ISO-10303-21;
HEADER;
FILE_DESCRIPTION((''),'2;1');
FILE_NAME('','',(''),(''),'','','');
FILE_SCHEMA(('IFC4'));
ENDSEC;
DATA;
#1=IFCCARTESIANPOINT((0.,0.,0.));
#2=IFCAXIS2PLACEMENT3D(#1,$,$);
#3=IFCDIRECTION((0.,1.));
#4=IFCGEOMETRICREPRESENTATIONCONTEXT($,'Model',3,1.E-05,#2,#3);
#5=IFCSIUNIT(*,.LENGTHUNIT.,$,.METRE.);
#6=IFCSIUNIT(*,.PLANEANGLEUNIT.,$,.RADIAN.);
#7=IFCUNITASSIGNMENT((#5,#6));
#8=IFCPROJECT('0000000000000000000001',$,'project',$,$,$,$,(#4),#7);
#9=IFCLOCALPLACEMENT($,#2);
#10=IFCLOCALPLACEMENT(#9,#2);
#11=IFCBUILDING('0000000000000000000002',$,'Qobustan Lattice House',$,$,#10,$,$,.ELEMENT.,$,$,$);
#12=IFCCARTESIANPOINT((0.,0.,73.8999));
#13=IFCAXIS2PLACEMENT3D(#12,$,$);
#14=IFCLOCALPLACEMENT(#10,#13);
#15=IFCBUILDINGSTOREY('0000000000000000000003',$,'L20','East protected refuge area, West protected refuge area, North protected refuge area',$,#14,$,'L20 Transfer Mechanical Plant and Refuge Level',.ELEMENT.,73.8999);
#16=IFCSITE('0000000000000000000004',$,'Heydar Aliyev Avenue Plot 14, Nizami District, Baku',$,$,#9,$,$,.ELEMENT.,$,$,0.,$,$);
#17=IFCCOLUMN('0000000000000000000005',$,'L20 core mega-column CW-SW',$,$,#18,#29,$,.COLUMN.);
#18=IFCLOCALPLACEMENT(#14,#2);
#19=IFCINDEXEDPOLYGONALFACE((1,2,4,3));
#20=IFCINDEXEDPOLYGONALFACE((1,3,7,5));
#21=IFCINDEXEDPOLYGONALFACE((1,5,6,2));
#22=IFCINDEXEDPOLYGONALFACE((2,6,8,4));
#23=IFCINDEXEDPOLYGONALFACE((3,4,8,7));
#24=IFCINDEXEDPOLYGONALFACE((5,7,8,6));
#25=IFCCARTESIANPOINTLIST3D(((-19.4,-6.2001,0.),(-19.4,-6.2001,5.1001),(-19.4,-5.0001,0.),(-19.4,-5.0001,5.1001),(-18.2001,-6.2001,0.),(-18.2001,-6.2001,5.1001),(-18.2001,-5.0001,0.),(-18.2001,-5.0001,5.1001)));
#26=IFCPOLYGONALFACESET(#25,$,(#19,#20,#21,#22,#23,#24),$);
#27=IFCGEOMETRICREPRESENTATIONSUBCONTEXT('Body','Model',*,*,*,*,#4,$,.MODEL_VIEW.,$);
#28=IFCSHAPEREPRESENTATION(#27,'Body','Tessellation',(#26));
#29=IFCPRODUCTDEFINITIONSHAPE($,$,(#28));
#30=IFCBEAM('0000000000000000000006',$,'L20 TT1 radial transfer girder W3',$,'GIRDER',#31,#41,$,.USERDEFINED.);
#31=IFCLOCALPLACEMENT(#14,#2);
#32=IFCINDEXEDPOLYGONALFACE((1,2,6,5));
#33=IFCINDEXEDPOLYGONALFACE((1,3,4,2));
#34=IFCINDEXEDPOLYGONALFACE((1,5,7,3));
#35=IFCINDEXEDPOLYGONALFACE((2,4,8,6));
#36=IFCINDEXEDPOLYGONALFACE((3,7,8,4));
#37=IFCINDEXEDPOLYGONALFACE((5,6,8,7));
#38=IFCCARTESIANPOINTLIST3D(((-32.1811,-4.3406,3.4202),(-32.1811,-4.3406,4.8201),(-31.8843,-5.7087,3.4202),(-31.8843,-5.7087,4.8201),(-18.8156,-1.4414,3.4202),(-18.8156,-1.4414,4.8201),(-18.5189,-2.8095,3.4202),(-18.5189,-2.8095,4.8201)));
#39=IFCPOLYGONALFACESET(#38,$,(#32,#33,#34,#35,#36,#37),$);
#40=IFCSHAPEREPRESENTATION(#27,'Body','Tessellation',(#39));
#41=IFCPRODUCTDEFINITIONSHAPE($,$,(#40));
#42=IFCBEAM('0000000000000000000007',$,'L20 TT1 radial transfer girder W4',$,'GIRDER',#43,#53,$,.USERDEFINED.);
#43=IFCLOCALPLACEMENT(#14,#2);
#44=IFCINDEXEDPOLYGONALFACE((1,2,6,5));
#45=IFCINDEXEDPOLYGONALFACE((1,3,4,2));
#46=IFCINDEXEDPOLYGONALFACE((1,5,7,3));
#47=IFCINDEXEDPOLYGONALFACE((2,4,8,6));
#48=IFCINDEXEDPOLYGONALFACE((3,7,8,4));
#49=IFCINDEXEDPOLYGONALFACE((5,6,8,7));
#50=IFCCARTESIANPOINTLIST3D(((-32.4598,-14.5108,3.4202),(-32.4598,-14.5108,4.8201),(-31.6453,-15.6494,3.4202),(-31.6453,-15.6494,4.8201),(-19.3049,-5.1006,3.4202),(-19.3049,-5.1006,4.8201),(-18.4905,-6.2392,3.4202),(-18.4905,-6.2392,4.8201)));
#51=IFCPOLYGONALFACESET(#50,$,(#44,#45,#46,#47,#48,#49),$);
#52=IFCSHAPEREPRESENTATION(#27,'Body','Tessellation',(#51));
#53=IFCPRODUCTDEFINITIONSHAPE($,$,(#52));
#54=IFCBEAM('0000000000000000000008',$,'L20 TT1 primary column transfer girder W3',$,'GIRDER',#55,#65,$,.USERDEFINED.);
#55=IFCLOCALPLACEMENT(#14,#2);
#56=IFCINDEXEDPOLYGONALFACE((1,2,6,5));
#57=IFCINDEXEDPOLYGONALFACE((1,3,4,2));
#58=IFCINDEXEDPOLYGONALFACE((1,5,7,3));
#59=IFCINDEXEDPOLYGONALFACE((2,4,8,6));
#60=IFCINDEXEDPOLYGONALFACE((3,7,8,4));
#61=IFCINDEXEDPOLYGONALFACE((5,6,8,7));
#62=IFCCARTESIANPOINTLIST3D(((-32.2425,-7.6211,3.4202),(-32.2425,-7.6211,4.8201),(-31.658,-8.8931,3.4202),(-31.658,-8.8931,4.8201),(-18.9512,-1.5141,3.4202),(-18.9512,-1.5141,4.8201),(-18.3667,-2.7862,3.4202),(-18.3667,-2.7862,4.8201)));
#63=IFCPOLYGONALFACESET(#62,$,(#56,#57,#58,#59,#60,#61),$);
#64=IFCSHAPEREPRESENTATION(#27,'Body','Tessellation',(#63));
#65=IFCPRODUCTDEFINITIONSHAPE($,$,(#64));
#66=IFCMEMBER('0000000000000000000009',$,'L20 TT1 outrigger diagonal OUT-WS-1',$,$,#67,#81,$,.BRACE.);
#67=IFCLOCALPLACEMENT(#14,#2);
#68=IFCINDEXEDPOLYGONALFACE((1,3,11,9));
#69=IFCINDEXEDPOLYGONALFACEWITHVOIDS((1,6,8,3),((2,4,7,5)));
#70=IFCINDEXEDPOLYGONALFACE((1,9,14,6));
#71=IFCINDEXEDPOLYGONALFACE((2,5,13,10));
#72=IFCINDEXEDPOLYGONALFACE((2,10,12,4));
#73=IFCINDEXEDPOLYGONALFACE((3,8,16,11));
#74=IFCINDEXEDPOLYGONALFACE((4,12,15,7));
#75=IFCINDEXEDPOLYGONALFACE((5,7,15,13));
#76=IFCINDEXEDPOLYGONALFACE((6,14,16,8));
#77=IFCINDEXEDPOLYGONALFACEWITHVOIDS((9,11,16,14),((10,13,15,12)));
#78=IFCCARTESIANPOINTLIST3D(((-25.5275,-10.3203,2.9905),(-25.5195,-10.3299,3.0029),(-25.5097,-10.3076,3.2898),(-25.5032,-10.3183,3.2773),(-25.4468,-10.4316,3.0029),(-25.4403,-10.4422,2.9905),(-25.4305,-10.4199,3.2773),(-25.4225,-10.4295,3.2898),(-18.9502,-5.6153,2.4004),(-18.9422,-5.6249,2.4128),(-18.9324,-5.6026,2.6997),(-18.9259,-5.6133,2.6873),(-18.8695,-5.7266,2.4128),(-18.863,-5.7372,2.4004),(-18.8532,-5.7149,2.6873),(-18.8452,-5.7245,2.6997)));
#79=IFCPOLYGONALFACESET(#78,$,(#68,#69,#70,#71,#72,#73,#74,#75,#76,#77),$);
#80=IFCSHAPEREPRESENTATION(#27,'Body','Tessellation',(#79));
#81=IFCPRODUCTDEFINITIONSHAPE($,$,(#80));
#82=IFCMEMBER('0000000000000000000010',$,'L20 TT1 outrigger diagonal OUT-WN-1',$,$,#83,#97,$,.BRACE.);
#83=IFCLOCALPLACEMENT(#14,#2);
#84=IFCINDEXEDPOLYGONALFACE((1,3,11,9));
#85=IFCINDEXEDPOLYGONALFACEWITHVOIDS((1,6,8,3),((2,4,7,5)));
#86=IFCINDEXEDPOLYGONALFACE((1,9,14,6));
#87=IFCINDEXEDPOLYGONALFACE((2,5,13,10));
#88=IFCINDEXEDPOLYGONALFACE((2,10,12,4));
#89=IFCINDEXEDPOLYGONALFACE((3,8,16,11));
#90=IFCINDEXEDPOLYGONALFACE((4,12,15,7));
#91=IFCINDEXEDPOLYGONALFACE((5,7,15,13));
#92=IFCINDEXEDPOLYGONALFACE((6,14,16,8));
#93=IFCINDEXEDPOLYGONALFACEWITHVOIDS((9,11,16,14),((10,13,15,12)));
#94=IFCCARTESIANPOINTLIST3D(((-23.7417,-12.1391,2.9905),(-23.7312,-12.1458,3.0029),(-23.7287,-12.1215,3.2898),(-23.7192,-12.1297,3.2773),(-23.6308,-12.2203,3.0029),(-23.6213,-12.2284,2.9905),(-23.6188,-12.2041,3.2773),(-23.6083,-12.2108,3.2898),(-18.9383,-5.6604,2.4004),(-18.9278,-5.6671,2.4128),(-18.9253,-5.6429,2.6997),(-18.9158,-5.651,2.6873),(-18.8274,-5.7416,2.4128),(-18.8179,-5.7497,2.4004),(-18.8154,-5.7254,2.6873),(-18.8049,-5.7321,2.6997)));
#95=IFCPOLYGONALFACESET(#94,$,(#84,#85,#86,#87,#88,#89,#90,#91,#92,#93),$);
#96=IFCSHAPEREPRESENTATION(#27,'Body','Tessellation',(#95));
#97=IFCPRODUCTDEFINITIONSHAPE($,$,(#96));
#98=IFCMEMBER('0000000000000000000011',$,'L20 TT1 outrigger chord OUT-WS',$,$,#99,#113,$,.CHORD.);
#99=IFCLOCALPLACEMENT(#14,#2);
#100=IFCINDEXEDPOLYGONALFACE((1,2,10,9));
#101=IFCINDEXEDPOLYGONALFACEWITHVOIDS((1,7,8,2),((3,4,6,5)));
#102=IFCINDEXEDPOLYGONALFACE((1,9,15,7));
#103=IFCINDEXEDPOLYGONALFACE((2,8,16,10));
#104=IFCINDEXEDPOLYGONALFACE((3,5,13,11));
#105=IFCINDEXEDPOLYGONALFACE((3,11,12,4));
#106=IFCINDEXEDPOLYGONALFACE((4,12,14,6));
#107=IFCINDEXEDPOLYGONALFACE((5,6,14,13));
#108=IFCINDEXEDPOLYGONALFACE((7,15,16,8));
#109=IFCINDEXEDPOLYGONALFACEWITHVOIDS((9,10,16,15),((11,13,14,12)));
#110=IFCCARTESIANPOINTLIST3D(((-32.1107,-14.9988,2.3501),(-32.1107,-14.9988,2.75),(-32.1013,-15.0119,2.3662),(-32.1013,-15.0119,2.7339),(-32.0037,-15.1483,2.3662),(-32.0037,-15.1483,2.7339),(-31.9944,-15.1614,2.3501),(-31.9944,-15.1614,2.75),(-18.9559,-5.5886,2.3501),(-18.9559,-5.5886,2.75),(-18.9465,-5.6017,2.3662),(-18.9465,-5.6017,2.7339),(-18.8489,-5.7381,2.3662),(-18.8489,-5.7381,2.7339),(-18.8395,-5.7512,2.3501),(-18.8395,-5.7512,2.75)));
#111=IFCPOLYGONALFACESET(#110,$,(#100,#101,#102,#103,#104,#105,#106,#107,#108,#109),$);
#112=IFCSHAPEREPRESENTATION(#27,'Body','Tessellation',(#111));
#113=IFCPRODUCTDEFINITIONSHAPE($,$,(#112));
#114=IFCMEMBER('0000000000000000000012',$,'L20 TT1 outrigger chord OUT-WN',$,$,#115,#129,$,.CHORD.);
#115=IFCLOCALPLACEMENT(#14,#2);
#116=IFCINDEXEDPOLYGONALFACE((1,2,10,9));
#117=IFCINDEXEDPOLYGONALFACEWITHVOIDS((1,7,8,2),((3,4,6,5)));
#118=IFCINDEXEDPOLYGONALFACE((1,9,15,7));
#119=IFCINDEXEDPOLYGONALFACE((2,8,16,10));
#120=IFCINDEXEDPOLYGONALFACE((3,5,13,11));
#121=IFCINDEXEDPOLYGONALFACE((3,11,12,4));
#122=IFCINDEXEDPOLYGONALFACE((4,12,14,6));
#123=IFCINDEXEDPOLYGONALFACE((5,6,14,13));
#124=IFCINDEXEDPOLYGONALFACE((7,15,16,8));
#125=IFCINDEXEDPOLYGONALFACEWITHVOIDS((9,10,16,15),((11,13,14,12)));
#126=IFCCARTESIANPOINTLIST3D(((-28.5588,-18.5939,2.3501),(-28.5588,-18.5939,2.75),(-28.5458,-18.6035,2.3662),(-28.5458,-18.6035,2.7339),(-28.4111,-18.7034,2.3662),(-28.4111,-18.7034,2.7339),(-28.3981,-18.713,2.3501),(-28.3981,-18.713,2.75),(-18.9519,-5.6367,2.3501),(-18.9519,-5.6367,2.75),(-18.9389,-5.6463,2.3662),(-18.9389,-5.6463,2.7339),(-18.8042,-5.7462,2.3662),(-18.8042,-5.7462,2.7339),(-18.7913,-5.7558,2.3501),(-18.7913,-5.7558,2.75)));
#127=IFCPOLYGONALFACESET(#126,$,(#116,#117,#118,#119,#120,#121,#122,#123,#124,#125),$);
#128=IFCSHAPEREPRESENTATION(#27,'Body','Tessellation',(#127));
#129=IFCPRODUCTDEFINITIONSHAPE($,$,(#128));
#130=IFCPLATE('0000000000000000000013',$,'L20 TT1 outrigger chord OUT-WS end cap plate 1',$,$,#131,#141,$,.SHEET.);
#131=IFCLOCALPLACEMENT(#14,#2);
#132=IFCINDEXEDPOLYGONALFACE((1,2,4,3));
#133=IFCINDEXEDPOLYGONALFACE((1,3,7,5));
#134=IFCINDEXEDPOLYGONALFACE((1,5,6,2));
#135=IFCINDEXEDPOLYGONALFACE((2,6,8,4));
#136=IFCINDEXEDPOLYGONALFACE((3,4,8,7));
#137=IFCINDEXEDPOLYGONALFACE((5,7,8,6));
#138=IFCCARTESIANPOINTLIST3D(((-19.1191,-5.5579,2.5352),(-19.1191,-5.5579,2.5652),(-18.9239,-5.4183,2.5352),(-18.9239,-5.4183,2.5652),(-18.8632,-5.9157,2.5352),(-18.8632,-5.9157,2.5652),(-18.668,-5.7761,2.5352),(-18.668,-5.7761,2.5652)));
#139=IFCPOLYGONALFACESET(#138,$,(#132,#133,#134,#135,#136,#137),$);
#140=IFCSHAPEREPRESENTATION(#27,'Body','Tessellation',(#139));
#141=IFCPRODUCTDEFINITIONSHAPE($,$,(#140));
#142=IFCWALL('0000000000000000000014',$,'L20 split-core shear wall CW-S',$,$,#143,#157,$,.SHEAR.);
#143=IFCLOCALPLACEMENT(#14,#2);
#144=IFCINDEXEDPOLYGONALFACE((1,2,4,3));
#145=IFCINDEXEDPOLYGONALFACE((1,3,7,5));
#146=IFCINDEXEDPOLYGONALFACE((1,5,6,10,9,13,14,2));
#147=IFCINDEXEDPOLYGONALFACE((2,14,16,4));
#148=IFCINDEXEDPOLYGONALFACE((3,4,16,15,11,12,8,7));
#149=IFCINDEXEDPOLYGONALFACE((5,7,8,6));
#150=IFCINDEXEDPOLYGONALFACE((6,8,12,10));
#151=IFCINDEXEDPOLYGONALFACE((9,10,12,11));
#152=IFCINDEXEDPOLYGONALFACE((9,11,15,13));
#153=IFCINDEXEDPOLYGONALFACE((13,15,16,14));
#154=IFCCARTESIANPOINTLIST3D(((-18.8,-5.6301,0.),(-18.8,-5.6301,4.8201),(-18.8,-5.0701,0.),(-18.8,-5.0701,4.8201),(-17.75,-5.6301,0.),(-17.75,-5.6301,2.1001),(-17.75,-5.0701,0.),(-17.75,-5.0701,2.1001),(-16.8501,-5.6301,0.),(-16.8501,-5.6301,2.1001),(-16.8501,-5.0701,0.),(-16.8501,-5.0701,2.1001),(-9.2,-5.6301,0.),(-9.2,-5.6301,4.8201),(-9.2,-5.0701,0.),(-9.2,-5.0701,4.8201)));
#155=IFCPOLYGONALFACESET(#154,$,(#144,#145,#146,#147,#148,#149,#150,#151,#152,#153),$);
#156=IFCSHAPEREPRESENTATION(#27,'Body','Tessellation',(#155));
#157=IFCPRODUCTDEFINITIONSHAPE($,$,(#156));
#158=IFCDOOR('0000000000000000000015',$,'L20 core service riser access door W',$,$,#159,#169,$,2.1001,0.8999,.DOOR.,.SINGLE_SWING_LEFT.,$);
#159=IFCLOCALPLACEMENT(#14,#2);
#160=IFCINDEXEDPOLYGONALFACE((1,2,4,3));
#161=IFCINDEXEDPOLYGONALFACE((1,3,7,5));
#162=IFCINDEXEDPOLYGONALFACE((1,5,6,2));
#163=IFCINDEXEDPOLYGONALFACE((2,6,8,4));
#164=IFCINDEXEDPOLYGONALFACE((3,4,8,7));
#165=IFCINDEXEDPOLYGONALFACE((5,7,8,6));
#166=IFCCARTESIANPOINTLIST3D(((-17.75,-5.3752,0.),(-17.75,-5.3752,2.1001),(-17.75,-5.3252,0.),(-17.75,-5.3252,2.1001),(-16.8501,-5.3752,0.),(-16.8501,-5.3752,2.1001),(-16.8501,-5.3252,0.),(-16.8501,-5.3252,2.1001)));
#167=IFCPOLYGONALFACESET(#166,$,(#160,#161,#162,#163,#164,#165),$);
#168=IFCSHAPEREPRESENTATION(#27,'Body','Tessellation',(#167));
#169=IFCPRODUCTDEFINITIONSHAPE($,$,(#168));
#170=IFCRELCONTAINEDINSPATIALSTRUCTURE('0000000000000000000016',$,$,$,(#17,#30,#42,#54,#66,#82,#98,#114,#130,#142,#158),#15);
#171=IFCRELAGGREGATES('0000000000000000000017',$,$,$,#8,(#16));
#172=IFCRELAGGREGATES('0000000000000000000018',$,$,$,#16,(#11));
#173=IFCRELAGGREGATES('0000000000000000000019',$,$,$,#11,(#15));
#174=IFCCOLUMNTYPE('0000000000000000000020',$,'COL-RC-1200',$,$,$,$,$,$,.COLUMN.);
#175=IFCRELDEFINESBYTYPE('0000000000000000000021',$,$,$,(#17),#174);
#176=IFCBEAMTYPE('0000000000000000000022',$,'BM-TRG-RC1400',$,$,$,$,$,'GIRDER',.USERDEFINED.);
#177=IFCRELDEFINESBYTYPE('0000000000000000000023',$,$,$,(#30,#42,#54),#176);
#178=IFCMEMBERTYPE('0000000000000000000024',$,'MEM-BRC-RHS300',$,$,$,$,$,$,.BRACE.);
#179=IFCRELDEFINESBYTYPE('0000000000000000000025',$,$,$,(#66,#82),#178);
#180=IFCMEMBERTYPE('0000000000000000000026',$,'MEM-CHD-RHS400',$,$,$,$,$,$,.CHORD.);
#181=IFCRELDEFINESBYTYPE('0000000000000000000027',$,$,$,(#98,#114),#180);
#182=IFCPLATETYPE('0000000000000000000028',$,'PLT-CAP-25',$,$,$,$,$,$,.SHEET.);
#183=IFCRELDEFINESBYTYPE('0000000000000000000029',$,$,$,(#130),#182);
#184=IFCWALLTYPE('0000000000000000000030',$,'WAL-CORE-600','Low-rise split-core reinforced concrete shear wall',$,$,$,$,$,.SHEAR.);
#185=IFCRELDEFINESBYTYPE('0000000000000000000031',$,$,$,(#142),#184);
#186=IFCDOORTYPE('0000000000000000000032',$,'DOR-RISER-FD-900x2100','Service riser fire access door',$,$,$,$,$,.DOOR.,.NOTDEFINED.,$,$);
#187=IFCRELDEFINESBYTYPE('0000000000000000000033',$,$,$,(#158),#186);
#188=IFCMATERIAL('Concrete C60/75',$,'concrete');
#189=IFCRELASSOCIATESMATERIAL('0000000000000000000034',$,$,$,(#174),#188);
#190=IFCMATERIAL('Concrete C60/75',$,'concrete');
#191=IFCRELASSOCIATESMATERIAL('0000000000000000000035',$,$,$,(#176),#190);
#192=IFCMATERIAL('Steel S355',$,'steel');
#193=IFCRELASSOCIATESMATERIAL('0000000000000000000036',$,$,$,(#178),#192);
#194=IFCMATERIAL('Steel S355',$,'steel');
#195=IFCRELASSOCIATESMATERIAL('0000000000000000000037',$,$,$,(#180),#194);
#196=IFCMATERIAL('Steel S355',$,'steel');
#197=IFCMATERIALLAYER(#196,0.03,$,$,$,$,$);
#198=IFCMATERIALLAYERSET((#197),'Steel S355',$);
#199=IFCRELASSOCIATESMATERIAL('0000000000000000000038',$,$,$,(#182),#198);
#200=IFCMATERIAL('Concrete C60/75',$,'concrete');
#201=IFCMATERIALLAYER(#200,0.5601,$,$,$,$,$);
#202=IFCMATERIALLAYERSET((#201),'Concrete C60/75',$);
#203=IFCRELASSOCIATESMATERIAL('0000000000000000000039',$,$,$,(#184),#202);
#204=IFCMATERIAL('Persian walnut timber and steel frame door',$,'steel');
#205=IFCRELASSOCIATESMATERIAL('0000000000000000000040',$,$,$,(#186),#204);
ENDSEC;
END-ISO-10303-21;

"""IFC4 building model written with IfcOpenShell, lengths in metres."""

from ifc_helpers import new_model, si_unit, direction, frame, frame_2d, origin, origin_2d, place, context, subcontext, project, spatial, rectangle, hollow_rectangle, extrude, material, layer, layer_set, material_profile, profile_set, type_object, element, fill, save


model = new_model("IFC4")

# Units and contexts
model_context = context("Model", 3, precision=1e-05, world=origin(), true_north=direction((0.0, 1.0)))
body_context = subcontext(model_context, "Body", "Model", "MODEL_VIEW")
ifc_project = project(units=[si_unit("LENGTHUNIT", "METRE"), si_unit("PLANEANGLEUNIT", "RADIAN")], contexts=[model_context])

# Site, building, storey
site_placement = place(None, origin())
site = spatial("IfcSite", under=ifc_project, at=site_placement, Name="Heydar Aliyev Avenue Plot 14, Nizami District, Baku", CompositionType="ELEMENT", RefElevation=0.0)
building_placement = place(site_placement, origin())
building = spatial("IfcBuilding", under=site, at=building_placement, Name="Qobustan Lattice House", CompositionType="ELEMENT")
storey_placement = place(building_placement, frame((0.0, 0.0, 73.8999)))
storey = spatial("IfcBuildingStorey", under=building, at=storey_placement, Name="L20", Description="East protected refuge area, West protected refuge area, North protected refuge area", LongName="L20 Transfer Mechanical Plant and Refuge Level", CompositionType="ELEMENT", Elevation=73.8999)

# Column
ifc_material_1 = material(Name="Concrete C60/75", Category="concrete")
ifc_material_profile_1 = material_profile(ifc_material_1, rectangle(XDim=1.2, YDim=1.2, at=origin_2d()), Name="RC1200x1200")
ifc_profile_set_1 = profile_set([ifc_material_profile_1], Name="Concrete C60/75")
column_type = type_object("IfcColumnType", Name="COL-RC-1200", PredefinedType="COLUMN", material=ifc_profile_set_1)
column_placement = place(storey_placement, frame((-18.8, -5.6001, 0.0), z_axis=(0.0, 0.0, 1.0), x_axis=(1.0, 0.0, 0.0)))
element("IfcColumn", 1, at=column_placement, inside=storey, type_object=column_type, Name="L20 core mega-column CW-SW", PredefinedType="COLUMN", context=body_context, shape_type="SweptSolid", body=[
    extrude(rectangle(XDim=1.2, YDim=1.2, at=origin_2d()), origin(), (0.0, 0.0, 1.0), 5.1001),
])

# Beams
ifc_material_2 = material(Name="Concrete C60/75", Category="concrete")
ifc_material_profile_2 = material_profile(ifc_material_2, rectangle(XDim=1.3999, YDim=1.3999, at=origin_2d()), Name="RC1400x1400")
ifc_profile_set_2 = profile_set([ifc_material_profile_2], Name="Concrete C60/75")
beam_type = type_object("IfcBeamType", Name="BM-TRG-RC1400", ElementType="GIRDER", PredefinedType="USERDEFINED", material=ifc_profile_set_2)
beam_1_placement = place(storey_placement, frame((-18.6672, -2.1255, 4.1201), z_axis=(-0.977273, -0.211985, 0.0), x_axis=(0.211985, -0.977273, 0.0)))
element("IfcBeam", 2, at=beam_1_placement, inside=storey, type_object=beam_type, Name="L20 TT1 radial transfer girder W3", ObjectType="GIRDER", PredefinedType="USERDEFINED", context=body_context, shape_type="SweptSolid", body=[
    extrude(rectangle(XDim=1.3999, YDim=1.3999, at=origin_2d()), origin(), (0.0, 0.0, 1.0), 13.6763),
])
beam_2_placement = place(storey_placement, frame((-18.8977, -5.6699, 4.1201), z_axis=(-0.813327, -0.581806, 0.0), x_axis=(0.581806, -0.813327, 0.0)))
element("IfcBeam", 3, at=beam_2_placement, inside=storey, type_object=beam_type, Name="L20 TT1 radial transfer girder W4", ObjectType="GIRDER", PredefinedType="USERDEFINED", context=body_context, shape_type="SweptSolid", body=[
    extrude(rectangle(XDim=1.3999, YDim=1.3999, at=origin_2d()), origin(), (0.0, 0.0, 1.0), 16.1741),
])
beam_3_placement = place(storey_placement, frame((-18.6589, -2.1501, 4.1201), z_axis=(-0.908673, -0.417508, 0.0), x_axis=(0.417508, -0.908673, 0.0)))
element("IfcBeam", 4, at=beam_3_placement, inside=storey, type_object=beam_type, Name="L20 TT1 primary column transfer girder W3", ObjectType="GIRDER", PredefinedType="USERDEFINED", context=body_context, shape_type="SweptSolid", body=[
    extrude(rectangle(XDim=1.3999, YDim=1.3999, at=origin_2d()), origin(), (0.0, 0.0, 1.0), 14.6272),
])

# Members
ifc_material_3 = material(Name="Steel S355", Category="steel")
ifc_material_profile_3 = material_profile(ifc_material_3, hollow_rectangle(XDim=0.1499, YDim=0.3, WallThickness=0.0125, at=origin_2d()), Name="RHS300x150x12.5")
ifc_profile_set_3 = profile_set([ifc_material_profile_3], Name="Steel S355")
member_type_1 = type_object("IfcMemberType", Name="MEM-BRC-RHS300", PredefinedType="BRACE", material=ifc_profile_set_3)
member_1_placement = place(storey_placement, frame((-18.8977, -5.6699, 2.55), z_axis=(-0.811171, -0.580264, 0.072774), x_axis=(0.581806, -0.813327, 0.0)))
element("IfcMember", 5, at=member_1_placement, inside=storey, type_object=member_type_1, Name="L20 TT1 outrigger diagonal OUT-WS-1", PredefinedType="BRACE", context=body_context, shape_type="SweptSolid", body=[
    extrude(hollow_rectangle(XDim=0.1499, YDim=0.3, WallThickness=0.0125, at=origin_2d()), origin(), (0.0, 0.0, 1.0), 8.1084),
])
member_2_placement = place(storey_placement, frame((-18.8716, -5.6963, 2.55), z_axis=(-0.593991, -0.801156, 0.07297), x_axis=(0.803297, -0.595579, 0.0)))
element("IfcMember", 6, at=member_2_placement, inside=storey, type_object=member_type_1, Name="L20 TT1 outrigger diagonal OUT-WN-1", PredefinedType="BRACE", context=body_context, shape_type="SweptSolid", body=[
    extrude(hollow_rectangle(XDim=0.1499, YDim=0.3, WallThickness=0.0125, at=origin_2d()), origin(), (0.0, 0.0, 1.0), 8.0867),
])
ifc_material_4 = material(Name="Steel S355", Category="steel")
ifc_material_profile_4 = material_profile(ifc_material_4, hollow_rectangle(XDim=0.2, YDim=0.3999, WallThickness=0.0161, at=origin_2d()), Name="RHS400x200x16")
ifc_profile_set_4 = profile_set([ifc_material_profile_4], Name="Steel S355")
member_type_2 = type_object("IfcMemberType", Name="MEM-CHD-RHS400", PredefinedType="CHORD", material=ifc_profile_set_4)
member_3_placement = place(storey_placement, frame((-18.8977, -5.6699, 2.55), z_axis=(-0.813327, -0.581806, 0.0), x_axis=(0.581806, -0.813327, 0.0)))
element("IfcMember", 7, at=member_3_placement, inside=storey, type_object=member_type_2, Name="L20 TT1 outrigger chord OUT-WS", PredefinedType="CHORD", context=body_context, shape_type="SweptSolid", body=[
    extrude(hollow_rectangle(XDim=0.2, YDim=0.3999, WallThickness=0.0161, at=origin_2d()), origin(), (0.0, 0.0, 1.0), 16.1741),
])
member_4_placement = place(storey_placement, frame((-18.8716, -5.6963, 2.55), z_axis=(-0.595586, -0.803292, 0.0), x_axis=(0.803292, -0.595586, 0.0)))
element("IfcMember", 8, at=member_4_placement, inside=storey, type_object=member_type_2, Name="L20 TT1 outrigger chord OUT-WN", PredefinedType="CHORD", context=body_context, shape_type="SweptSolid", body=[
    extrude(hollow_rectangle(XDim=0.2, YDim=0.3999, WallThickness=0.0161, at=origin_2d()), origin(), (0.0, 0.0, 1.0), 16.1301),
])

# Plate
ifc_material_5 = material(Name="Steel S355", Category="steel")
ifc_layer_1 = layer(ifc_material_5, 0.03)
ifc_layer_set_1 = layer_set([ifc_layer_1], Name="Steel S355")
plate_type = type_object("IfcPlateType", Name="PLT-CAP-25", PredefinedType="SHEET", material=ifc_layer_set_1)
plate_placement = place(storey_placement, frame((-18.8936, -5.667, 2.5352), z_axis=(0.0, 0.0, 1.0), x_axis=(-0.813324, -0.581811, 0.0)))
element("IfcPlate", 9, at=plate_placement, inside=storey, type_object=plate_type, Name="L20 TT1 outrigger chord OUT-WS end cap plate 1", PredefinedType="SHEET", context=body_context, shape_type="SweptSolid", body=[
    extrude(rectangle(XDim=0.24, YDim=0.4399, at=origin_2d()), origin(), (0.0, 0.0, 1.0), 0.03),
])

# Wall, opening, door
ifc_material_6 = material(Name="Concrete C60/75", Category="concrete")
ifc_layer_2 = layer(ifc_material_6, 0.5601)
ifc_layer_set_2 = layer_set([ifc_layer_2], Name="Concrete C60/75")
wall_type_1 = type_object("IfcWallType", Name="WAL-CORE-600", Description="Low-rise split-core reinforced concrete shear wall", PredefinedType="SHEAR", material=ifc_layer_set_2)
wall_1_placement = place(storey_placement, frame((-18.8, -5.3501, 0.0), z_axis=(0.0, 0.0, 1.0), x_axis=(1.0, 0.0, 0.0)))
wall_1 = element("IfcWall", 10, at=wall_1_placement, inside=storey, type_object=wall_type_1, Name="L20 split-core shear wall CW-S", PredefinedType="SHEAR", context=body_context, shape_type="SweptSolid", body=[
    extrude(rectangle(XDim=9.6001, YDim=0.5601, at=frame_2d((4.8, 0.0))), origin(), (0.0, 0.0, 1.0), 4.8201),
])
opening_1_placement = place(wall_1_placement, frame((1.05, 0.0, 0.0)))
opening_1 = element("IfcOpeningElement", 11, at=opening_1_placement, cuts=wall_1, PredefinedType="OPENING", context=body_context, shape_type="SweptSolid", body=[
    extrude(rectangle(XDim=0.8999, YDim=2.1001, at=frame_2d((0.45, 1.05))), frame((0.0, 0.29, 0.0), z_axis=(0.0, -1.0, 0.0), x_axis=(1.0, 0.0, 0.0)), (0.0, 0.0, 1.0), 0.5801),
])
ifc_material_7 = material(Name="Persian walnut timber and steel frame door", Category="steel")
door_type_1 = type_object("IfcDoorType", Name="DOR-RISER-FD-900x2100", Description="Service riser fire access door", OperationType="NOTDEFINED", PredefinedType="DOOR", material=ifc_material_7)
door_1_placement = place(opening_1_placement, origin())
door_1 = element("IfcDoor", 12, at=door_1_placement, inside=storey, type_object=door_type_1, Name="L20 core service riser access door W", OperationType="SINGLE_SWING_LEFT", OverallHeight=2.1001, OverallWidth=0.8999, PredefinedType="DOOR", context=body_context, shape_type="SweptSolid", body=[
    extrude(rectangle(XDim=0.8999, YDim=2.1001, at=frame_2d((0.45, 1.05))), frame((0.0, 0.0249, 0.0), z_axis=(0.0, -1.0, 0.0), x_axis=(1.0, 0.0, 0.0)), (0.0, 0.0, 1.0), 0.05),
])
fill(opening_1, door_1)

save(model, "model.ifc")
